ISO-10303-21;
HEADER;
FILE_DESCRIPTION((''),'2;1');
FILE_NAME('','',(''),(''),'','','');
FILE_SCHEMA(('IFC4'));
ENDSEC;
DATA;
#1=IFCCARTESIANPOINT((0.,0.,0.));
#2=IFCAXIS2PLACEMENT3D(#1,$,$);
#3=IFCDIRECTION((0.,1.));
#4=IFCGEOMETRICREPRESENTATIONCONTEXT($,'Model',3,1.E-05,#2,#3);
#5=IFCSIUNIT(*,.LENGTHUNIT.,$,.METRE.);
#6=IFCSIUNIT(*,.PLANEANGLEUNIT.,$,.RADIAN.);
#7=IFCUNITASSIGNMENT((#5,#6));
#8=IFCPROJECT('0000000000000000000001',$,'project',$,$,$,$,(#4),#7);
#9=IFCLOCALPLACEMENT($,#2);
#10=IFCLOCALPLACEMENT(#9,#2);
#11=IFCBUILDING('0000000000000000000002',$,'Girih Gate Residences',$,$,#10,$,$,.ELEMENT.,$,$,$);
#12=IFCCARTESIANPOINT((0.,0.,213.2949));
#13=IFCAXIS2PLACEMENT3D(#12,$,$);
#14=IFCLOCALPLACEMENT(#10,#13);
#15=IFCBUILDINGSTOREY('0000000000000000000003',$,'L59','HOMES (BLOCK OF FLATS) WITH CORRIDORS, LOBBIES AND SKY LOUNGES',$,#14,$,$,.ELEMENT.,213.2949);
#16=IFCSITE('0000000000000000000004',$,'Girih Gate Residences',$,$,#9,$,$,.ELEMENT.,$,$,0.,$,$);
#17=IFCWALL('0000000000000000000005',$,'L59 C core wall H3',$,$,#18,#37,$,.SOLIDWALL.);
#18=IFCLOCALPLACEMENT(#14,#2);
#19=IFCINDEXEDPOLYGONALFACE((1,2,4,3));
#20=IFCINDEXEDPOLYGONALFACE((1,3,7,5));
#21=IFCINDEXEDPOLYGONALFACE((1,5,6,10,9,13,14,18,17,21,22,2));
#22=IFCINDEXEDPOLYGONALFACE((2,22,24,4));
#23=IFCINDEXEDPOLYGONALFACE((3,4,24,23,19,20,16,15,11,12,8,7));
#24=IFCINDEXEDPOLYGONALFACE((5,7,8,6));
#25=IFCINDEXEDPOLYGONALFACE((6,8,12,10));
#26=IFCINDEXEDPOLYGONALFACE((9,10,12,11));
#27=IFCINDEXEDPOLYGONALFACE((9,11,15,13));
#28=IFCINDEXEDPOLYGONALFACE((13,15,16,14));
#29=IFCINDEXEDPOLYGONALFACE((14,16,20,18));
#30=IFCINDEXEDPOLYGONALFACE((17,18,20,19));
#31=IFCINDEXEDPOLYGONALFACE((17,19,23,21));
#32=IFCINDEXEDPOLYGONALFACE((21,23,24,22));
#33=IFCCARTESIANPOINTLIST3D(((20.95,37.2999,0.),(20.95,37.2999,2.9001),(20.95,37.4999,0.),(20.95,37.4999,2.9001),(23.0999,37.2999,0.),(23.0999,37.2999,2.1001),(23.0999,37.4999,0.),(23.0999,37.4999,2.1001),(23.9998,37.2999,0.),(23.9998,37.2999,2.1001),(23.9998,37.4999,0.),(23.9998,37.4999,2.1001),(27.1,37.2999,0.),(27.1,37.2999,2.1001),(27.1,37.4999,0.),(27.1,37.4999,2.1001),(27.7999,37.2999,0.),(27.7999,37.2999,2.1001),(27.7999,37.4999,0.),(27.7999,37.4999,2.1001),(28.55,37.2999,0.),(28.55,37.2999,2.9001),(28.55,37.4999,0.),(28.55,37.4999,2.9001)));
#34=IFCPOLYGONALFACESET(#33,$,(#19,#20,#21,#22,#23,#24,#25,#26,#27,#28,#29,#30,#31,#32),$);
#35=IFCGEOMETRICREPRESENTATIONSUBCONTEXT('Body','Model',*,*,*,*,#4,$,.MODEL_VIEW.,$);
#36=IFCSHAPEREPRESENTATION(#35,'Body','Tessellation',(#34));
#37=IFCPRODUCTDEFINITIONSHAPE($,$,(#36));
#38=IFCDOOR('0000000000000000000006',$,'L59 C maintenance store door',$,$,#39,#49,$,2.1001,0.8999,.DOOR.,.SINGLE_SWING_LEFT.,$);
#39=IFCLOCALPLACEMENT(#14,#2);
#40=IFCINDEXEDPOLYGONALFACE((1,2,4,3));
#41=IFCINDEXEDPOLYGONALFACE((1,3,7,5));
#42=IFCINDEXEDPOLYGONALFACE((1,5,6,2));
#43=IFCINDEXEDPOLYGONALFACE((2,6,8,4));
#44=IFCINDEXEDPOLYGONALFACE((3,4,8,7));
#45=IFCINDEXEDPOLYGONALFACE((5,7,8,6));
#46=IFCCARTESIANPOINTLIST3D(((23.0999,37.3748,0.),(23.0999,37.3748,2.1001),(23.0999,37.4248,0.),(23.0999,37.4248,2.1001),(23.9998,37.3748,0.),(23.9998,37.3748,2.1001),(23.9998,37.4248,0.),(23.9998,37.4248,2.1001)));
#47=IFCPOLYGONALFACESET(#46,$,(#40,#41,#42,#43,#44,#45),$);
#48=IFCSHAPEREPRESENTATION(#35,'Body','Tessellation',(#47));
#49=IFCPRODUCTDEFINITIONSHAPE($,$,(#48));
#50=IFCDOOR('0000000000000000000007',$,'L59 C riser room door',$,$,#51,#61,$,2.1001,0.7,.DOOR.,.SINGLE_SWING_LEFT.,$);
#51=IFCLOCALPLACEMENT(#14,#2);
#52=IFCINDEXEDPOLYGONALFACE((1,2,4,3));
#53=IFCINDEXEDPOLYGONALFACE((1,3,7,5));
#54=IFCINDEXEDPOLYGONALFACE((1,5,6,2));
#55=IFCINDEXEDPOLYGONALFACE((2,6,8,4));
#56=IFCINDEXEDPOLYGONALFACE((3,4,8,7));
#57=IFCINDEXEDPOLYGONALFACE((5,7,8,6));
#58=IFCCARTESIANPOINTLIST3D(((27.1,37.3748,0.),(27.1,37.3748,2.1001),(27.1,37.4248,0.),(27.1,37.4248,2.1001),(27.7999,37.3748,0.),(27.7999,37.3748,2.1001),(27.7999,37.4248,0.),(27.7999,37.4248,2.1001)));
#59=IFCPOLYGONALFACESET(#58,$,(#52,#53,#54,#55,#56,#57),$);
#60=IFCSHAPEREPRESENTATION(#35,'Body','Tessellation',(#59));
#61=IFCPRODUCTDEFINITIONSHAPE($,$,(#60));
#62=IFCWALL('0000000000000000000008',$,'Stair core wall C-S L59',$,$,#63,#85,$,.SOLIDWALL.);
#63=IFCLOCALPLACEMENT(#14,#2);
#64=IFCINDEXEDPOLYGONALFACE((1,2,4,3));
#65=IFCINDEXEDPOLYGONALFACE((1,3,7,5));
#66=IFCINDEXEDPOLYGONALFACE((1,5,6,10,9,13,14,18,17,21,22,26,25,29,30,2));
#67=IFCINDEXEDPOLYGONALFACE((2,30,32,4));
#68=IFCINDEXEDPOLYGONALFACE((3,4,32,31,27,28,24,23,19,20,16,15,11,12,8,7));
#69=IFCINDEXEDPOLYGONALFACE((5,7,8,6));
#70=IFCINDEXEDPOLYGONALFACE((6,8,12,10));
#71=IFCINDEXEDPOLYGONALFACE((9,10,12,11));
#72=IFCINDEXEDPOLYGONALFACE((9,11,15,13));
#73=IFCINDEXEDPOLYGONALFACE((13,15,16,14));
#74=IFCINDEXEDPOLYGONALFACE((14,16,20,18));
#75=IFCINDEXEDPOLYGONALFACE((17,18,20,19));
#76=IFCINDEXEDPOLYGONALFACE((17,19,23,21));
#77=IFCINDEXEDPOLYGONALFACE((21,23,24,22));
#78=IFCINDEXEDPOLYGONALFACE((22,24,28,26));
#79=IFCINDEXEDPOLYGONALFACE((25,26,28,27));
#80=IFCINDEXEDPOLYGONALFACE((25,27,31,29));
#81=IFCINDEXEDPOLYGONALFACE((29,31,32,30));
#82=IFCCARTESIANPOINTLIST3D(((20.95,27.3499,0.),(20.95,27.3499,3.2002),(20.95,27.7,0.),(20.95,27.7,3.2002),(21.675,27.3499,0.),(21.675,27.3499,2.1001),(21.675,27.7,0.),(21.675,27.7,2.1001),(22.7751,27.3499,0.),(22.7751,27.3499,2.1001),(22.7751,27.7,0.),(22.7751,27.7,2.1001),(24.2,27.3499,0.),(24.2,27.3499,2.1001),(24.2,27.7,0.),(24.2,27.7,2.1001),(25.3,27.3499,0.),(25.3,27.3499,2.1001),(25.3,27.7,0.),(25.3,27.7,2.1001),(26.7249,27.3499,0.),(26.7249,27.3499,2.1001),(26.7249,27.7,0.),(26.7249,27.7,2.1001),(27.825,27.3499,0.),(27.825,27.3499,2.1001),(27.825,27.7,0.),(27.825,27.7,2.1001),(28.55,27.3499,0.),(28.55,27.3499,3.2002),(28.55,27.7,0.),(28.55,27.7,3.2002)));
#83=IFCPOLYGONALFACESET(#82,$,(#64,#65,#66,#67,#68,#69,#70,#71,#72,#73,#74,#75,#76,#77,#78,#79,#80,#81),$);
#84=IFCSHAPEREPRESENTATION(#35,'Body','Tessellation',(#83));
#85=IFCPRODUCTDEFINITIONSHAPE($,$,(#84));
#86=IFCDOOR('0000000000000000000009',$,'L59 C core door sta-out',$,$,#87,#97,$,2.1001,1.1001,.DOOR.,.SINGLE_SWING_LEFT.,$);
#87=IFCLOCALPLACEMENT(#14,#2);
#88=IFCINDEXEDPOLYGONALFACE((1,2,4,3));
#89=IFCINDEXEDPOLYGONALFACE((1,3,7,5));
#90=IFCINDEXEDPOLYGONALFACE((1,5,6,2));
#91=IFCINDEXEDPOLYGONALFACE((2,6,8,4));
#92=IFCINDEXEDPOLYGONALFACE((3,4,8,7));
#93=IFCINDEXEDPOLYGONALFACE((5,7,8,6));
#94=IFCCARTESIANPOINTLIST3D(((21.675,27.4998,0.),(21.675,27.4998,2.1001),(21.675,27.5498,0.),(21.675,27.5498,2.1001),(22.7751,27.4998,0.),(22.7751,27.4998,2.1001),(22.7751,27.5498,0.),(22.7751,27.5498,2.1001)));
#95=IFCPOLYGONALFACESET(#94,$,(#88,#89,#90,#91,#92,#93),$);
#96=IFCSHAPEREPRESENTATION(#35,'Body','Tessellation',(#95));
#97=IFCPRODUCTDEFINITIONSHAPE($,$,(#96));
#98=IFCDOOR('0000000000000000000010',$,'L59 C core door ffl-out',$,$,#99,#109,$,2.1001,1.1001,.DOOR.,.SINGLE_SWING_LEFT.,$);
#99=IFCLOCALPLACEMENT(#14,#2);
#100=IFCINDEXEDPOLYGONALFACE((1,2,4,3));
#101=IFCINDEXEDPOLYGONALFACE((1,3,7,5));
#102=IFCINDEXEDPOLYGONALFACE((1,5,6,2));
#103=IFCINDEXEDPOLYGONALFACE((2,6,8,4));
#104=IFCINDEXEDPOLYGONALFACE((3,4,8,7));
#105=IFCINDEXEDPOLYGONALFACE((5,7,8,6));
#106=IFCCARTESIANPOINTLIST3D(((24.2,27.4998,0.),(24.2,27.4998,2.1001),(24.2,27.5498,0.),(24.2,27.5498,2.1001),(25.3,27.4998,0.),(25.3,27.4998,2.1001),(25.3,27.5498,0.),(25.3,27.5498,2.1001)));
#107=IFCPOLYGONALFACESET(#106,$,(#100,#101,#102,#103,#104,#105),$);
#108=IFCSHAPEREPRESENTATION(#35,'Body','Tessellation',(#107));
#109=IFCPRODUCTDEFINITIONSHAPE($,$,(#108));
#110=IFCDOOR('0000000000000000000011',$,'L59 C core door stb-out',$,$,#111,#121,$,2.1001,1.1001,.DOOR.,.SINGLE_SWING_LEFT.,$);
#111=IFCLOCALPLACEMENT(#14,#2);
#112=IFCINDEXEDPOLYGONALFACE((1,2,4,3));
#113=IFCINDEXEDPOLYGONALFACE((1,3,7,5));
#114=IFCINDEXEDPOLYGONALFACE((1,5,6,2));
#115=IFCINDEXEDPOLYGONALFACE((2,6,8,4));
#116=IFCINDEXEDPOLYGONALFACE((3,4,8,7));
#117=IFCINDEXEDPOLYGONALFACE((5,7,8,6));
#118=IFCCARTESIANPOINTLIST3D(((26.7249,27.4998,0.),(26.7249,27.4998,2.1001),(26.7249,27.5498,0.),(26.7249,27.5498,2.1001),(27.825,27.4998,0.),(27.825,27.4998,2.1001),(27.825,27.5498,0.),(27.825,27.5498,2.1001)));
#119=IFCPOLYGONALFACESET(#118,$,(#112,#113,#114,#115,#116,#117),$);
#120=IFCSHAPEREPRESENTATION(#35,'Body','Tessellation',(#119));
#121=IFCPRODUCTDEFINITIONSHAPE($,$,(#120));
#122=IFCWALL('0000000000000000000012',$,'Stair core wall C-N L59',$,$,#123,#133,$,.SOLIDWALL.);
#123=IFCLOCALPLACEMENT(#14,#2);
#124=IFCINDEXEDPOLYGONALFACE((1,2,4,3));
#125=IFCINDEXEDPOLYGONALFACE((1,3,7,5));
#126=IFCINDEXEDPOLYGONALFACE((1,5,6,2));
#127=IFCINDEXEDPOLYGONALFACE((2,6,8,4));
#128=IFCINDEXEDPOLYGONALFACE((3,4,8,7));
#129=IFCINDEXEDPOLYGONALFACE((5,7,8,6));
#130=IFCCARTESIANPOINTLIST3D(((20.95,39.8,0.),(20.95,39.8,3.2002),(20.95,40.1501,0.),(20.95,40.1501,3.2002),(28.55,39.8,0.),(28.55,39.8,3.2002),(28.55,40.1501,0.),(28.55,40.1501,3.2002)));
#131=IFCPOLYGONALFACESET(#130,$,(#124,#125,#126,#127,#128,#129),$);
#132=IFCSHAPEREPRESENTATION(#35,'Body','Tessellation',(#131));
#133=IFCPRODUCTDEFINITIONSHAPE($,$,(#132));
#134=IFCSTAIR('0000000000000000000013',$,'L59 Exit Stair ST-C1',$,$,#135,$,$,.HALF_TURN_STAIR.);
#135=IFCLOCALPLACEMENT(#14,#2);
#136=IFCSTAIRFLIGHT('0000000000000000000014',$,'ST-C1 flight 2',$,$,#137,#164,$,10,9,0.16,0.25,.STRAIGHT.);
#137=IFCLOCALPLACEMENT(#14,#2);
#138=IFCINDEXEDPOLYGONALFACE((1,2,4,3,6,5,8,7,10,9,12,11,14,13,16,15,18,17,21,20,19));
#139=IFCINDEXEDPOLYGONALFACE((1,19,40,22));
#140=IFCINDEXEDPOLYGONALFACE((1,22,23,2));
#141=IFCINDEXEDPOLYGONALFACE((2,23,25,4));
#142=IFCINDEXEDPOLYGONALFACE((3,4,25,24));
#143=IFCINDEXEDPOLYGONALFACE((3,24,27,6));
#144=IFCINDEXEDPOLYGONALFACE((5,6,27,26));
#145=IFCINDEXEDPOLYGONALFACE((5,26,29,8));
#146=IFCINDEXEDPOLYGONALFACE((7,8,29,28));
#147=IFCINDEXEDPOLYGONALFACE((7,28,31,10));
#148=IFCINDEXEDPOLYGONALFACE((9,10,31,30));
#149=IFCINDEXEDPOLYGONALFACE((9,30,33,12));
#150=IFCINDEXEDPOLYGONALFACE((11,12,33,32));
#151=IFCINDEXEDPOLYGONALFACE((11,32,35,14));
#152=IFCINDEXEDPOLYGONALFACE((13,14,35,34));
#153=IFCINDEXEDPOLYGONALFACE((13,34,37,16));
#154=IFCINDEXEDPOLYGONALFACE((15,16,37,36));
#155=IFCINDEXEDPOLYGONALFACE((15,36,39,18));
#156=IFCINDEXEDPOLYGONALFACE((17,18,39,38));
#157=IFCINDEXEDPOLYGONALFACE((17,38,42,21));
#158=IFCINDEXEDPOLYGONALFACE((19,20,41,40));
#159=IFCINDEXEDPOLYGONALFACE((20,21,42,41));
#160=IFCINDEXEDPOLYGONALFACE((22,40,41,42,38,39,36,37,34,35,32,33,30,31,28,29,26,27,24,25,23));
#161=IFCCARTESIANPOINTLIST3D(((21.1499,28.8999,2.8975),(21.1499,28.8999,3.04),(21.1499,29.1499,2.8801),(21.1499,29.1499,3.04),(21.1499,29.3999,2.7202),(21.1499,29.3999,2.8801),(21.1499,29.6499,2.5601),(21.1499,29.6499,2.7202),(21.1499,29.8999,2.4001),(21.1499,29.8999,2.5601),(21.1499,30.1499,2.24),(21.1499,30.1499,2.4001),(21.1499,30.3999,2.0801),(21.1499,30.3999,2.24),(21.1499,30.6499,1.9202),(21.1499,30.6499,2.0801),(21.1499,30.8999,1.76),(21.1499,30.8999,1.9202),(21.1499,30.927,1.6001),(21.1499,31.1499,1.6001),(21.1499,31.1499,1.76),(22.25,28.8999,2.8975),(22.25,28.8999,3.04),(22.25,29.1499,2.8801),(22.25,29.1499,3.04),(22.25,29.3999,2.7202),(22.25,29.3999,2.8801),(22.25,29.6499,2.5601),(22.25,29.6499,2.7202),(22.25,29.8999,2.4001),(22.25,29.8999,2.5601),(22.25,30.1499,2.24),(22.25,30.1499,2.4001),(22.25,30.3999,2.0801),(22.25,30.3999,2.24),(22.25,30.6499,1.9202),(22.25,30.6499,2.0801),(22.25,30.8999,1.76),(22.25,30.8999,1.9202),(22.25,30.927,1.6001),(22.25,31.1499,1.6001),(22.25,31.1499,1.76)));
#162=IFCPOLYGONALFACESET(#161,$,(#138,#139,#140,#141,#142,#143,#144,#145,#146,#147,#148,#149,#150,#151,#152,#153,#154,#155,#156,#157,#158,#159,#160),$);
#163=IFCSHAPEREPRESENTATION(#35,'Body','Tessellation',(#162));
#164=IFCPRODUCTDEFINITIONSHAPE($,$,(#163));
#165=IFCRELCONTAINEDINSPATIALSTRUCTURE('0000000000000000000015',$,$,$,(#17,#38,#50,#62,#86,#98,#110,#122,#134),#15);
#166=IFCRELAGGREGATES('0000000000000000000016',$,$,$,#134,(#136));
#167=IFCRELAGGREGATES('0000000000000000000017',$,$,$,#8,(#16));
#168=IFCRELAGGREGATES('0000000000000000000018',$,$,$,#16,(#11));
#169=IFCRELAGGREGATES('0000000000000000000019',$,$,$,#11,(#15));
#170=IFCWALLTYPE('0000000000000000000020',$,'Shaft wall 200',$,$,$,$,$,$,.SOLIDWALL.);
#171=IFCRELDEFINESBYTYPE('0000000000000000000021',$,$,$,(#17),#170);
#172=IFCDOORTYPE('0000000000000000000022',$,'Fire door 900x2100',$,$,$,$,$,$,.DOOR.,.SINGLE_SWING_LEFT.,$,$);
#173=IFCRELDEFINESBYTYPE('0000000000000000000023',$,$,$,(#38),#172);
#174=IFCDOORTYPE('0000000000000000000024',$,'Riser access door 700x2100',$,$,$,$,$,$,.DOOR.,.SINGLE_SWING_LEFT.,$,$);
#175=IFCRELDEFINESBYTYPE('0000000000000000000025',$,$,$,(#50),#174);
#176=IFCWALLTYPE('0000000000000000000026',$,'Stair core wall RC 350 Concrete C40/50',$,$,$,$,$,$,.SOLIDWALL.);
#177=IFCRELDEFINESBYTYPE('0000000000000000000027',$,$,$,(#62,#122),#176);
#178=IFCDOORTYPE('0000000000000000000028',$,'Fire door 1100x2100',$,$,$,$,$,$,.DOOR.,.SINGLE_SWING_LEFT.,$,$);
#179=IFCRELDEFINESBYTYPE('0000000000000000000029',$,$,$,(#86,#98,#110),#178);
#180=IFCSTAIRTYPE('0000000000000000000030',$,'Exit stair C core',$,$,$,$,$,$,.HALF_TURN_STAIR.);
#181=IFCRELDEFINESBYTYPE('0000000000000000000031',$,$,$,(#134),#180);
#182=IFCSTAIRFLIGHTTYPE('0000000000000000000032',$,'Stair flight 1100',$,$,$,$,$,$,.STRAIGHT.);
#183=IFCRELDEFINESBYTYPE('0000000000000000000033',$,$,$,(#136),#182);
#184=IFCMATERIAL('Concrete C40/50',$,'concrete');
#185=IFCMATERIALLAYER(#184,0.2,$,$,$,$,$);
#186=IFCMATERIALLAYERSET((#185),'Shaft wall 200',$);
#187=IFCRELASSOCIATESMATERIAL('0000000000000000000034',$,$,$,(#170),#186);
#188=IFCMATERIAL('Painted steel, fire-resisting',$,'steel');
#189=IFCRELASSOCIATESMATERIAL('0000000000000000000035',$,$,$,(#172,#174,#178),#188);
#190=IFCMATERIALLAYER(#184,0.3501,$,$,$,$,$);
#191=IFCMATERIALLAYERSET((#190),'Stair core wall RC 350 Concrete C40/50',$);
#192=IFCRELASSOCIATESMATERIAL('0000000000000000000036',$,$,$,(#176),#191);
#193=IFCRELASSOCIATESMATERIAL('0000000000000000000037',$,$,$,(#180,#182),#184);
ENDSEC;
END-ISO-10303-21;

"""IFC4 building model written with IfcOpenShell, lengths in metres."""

from ifc_helpers import new_model, si_unit, direction, frame, frame_2d, origin, place, context, subcontext, project, spatial, polyline, rectangle, outline, extrude, material, layer, layer_set, type_object, element, fill, aggregate, save


model = new_model("IFC4")

# Units and contexts
model_context = context("Model", 3, precision=1e-05, world=origin(), true_north=direction((0.0, 1.0)))
body_context = subcontext(model_context, "Body", "Model", "MODEL_VIEW")
ifc_project = project(units=[si_unit("LENGTHUNIT", "METRE"), si_unit("PLANEANGLEUNIT", "RADIAN")], contexts=[model_context])

# Site, building, storey
site_placement = place(None, origin())
site = spatial("IfcSite", under=ifc_project, at=site_placement, Name="Girih Gate Residences", CompositionType="ELEMENT", RefElevation=0.0)
building_placement = place(site_placement, origin())
building = spatial("IfcBuilding", under=site, at=building_placement, Name="Girih Gate Residences", CompositionType="ELEMENT")
storey_placement = place(building_placement, frame((0.0, 0.0, 213.2949)))
storey = spatial("IfcBuildingStorey", under=building, at=storey_placement, Name="L59", Description="HOMES (BLOCK OF FLATS) WITH CORRIDORS, LOBBIES AND SKY LOUNGES", CompositionType="ELEMENT", Elevation=213.2949)

# Shared definitions
ifc_material_1 = material(Name="Concrete C40/50", Category="concrete")
ifc_layer_1 = layer(ifc_material_1, 0.2)
ifc_layer_set_1 = layer_set([ifc_layer_1], Name="Shaft wall 200")
wall_type_1 = type_object("IfcWallType", Name="Shaft wall 200", PredefinedType="SOLIDWALL", material=ifc_layer_set_1)

# Shared definitions
ifc_material_2 = material(Name="Painted steel, fire-resisting", Category="steel")
door_type_1 = type_object("IfcDoorType", Name="Fire door 900x2100", OperationType="SINGLE_SWING_LEFT", PredefinedType="DOOR", material=ifc_material_2)

# Walls, openings, doors
wall_1_placement = place(storey_placement, frame((20.95, 37.3999, 0.0), z_axis=(0.0, 0.0, 1.0), x_axis=(1.0, 0.0, 0.0)))
wall_1 = element("IfcWall", 1, at=wall_1_placement, inside=storey, type_object=wall_type_1, Name="L59 C core wall H3", PredefinedType="SOLIDWALL", context=body_context, shape_type="SweptSolid", body=[
    extrude(rectangle(XDim=7.6001, YDim=0.2, at=frame_2d((3.8, 0.0))), origin(), (0.0, 0.0, 1.0), 2.9001),
])
opening_1_placement = place(wall_1_placement, frame((6.1499, 0.0, 0.0)))
opening_1 = element("IfcOpeningElement", 2, at=opening_1_placement, cuts=wall_1, PredefinedType="OPENING", context=body_context, shape_type="SweptSolid", body=[
    extrude(rectangle(XDim=0.7, YDim=2.1001, at=frame_2d((0.3501, 1.05))), frame((0.0, 0.1099, 0.0), z_axis=(0.0, -1.0, 0.0), x_axis=(1.0, 0.0, 0.0)), (0.0, 0.0, 1.0), 0.22),
])
opening_2_placement = place(wall_1_placement, frame((2.1499, 0.0, 0.0)))
opening_2 = element("IfcOpeningElement", 3, at=opening_2_placement, cuts=wall_1, PredefinedType="OPENING", context=body_context, shape_type="SweptSolid", body=[
    extrude(rectangle(XDim=0.8999, YDim=2.1001, at=frame_2d((0.45, 1.05))), frame((0.0, 0.1099, 0.0), z_axis=(0.0, -1.0, 0.0), x_axis=(1.0, 0.0, 0.0)), (0.0, 0.0, 1.0), 0.22),
])
door_1_placement = place(opening_2_placement, origin())
door_1 = element("IfcDoor", 4, at=door_1_placement, inside=storey, type_object=door_type_1, Name="L59 C maintenance store door", OperationType="SINGLE_SWING_LEFT", OverallHeight=2.1001, OverallWidth=0.8999, PredefinedType="DOOR", context=body_context, shape_type="SweptSolid", body=[
    extrude(rectangle(XDim=0.8999, YDim=2.1001, at=frame_2d((0.45, 1.05))), frame((0.0, 0.0249, 0.0), z_axis=(0.0, -1.0, 0.0), x_axis=(1.0, 0.0, 0.0)), (0.0, 0.0, 1.0), 0.05),
])
fill(opening_2, door_1)
door_type_2 = type_object("IfcDoorType", Name="Riser access door 700x2100", OperationType="SINGLE_SWING_LEFT", PredefinedType="DOOR", material=ifc_material_2)
door_2_placement = place(opening_1_placement, origin())
door_2 = element("IfcDoor", 5, at=door_2_placement, inside=storey, type_object=door_type_2, Name="L59 C riser room door", OperationType="SINGLE_SWING_LEFT", OverallHeight=2.1001, OverallWidth=0.7, PredefinedType="DOOR", context=body_context, shape_type="SweptSolid", body=[
    extrude(rectangle(XDim=0.7, YDim=2.1001, at=frame_2d((0.3501, 1.05))), frame((0.0, 0.0249, 0.0), z_axis=(0.0, -1.0, 0.0), x_axis=(1.0, 0.0, 0.0)), (0.0, 0.0, 1.0), 0.05),
])
fill(opening_1, door_2)
ifc_layer_2 = layer(ifc_material_1, 0.3501)
ifc_layer_set_2 = layer_set([ifc_layer_2], Name="Stair core wall RC 350 Concrete C40/50")
wall_type_2 = type_object("IfcWallType", Name="Stair core wall RC 350 Concrete C40/50", PredefinedType="SOLIDWALL", material=ifc_layer_set_2)
wall_2_placement = place(storey_placement, frame((20.95, 27.5249, 0.0), z_axis=(0.0, 0.0, 1.0), x_axis=(1.0, 0.0, 0.0)))
wall_2 = element("IfcWall", 6, at=wall_2_placement, inside=storey, type_object=wall_type_2, Name="Stair core wall C-S L59", PredefinedType="SOLIDWALL", context=body_context, shape_type="SweptSolid", body=[
    extrude(rectangle(XDim=7.6001, YDim=0.3501, at=frame_2d((3.8, 0.0))), origin(), (0.0, 0.0, 1.0), 3.2002),
])
opening_3_placement = place(wall_2_placement, frame((0.7251, 0.0, 0.0)))
opening_3 = element("IfcOpeningElement", 7, at=opening_3_placement, cuts=wall_2, PredefinedType="OPENING", context=body_context, shape_type="SweptSolid", body=[
    extrude(rectangle(XDim=1.1001, YDim=2.1001, at=frame_2d((0.55, 1.05))), frame((0.0, 0.1851, 0.0), z_axis=(0.0, -1.0, 0.0), x_axis=(1.0, 0.0, 0.0)), (0.0, 0.0, 1.0), 0.3701),
])
opening_4_placement = place(wall_2_placement, frame((3.25, 0.0, 0.0)))
opening_4 = element("IfcOpeningElement", 8, at=opening_4_placement, cuts=wall_2, PredefinedType="OPENING", context=body_context, shape_type="SweptSolid", body=[
    extrude(rectangle(XDim=1.1001, YDim=2.1001, at=frame_2d((0.55, 1.05))), frame((0.0, 0.1851, 0.0), z_axis=(0.0, -1.0, 0.0), x_axis=(1.0, 0.0, 0.0)), (0.0, 0.0, 1.0), 0.3701),
])
opening_5_placement = place(wall_2_placement, frame((5.7749, 0.0, 0.0)))
opening_5 = element("IfcOpeningElement", 9, at=opening_5_placement, cuts=wall_2, PredefinedType="OPENING", context=body_context, shape_type="SweptSolid", body=[
    extrude(rectangle(XDim=1.1001, YDim=2.1001, at=frame_2d((0.55, 1.05))), frame((0.0, 0.1851, 0.0), z_axis=(0.0, -1.0, 0.0), x_axis=(1.0, 0.0, 0.0)), (0.0, 0.0, 1.0), 0.3701),
])
door_type_3 = type_object("IfcDoorType", Name="Fire door 1100x2100", OperationType="SINGLE_SWING_LEFT", PredefinedType="DOOR", material=ifc_material_2)
door_3_placement = place(opening_3_placement, origin())
door_3 = element("IfcDoor", 10, at=door_3_placement, inside=storey, type_object=door_type_3, Name="L59 C core door sta-out", OperationType="SINGLE_SWING_LEFT", OverallHeight=2.1001, OverallWidth=1.1001, PredefinedType="DOOR", context=body_context, shape_type="SweptSolid", body=[
    extrude(rectangle(XDim=1.1001, YDim=2.1001, at=frame_2d((0.55, 1.05))), frame((0.0, 0.0249, 0.0), z_axis=(0.0, -1.0, 0.0), x_axis=(1.0, 0.0, 0.0)), (0.0, 0.0, 1.0), 0.05),
])
fill(opening_3, door_3)
door_4_placement = place(opening_4_placement, origin())
door_4 = element("IfcDoor", 11, at=door_4_placement, inside=storey, type_object=door_type_3, Name="L59 C core door ffl-out", OperationType="SINGLE_SWING_LEFT", OverallHeight=2.1001, OverallWidth=1.1001, PredefinedType="DOOR", context=body_context, shape_type="SweptSolid", body=[
    extrude(rectangle(XDim=1.1001, YDim=2.1001, at=frame_2d((0.55, 1.05))), frame((0.0, 0.0249, 0.0), z_axis=(0.0, -1.0, 0.0), x_axis=(1.0, 0.0, 0.0)), (0.0, 0.0, 1.0), 0.05),
])
fill(opening_4, door_4)
door_5_placement = place(opening_5_placement, origin())
door_5 = element("IfcDoor", 12, at=door_5_placement, inside=storey, type_object=door_type_3, Name="L59 C core door stb-out", OperationType="SINGLE_SWING_LEFT", OverallHeight=2.1001, OverallWidth=1.1001, PredefinedType="DOOR", context=body_context, shape_type="SweptSolid", body=[
    extrude(rectangle(XDim=1.1001, YDim=2.1001, at=frame_2d((0.55, 1.05))), frame((0.0, 0.0249, 0.0), z_axis=(0.0, -1.0, 0.0), x_axis=(1.0, 0.0, 0.0)), (0.0, 0.0, 1.0), 0.05),
])
fill(opening_5, door_5)

# Wall
wall_3_placement = place(storey_placement, frame((20.95, 39.9751, 0.0), z_axis=(0.0, 0.0, 1.0), x_axis=(1.0, 0.0, 0.0)))
element("IfcWall", 13, at=wall_3_placement, inside=storey, type_object=wall_type_2, Name="Stair core wall C-N L59", PredefinedType="SOLIDWALL", context=body_context, shape_type="SweptSolid", body=[
    extrude(rectangle(XDim=7.6001, YDim=0.3501, at=frame_2d((3.8, 0.0))), origin(), (0.0, 0.0, 1.0), 3.2002),
])

# Stair, stair flight
stair_type = type_object("IfcStairType", Name="Exit stair C core", PredefinedType="HALF_TURN_STAIR", material=ifc_material_1)
stair_placement = place(storey_placement, origin())
stair = element("IfcStair", 14, at=stair_placement, inside=storey, type_object=stair_type, Name="L59 Exit Stair ST-C1", PredefinedType="HALF_TURN_STAIR")
stair_flight_type = type_object("IfcStairFlightType", Name="Stair flight 1100", PredefinedType="STRAIGHT", material=ifc_material_1)
stair_flight_placement = place(storey_placement, frame((21.7, 31.1499, 1.6001), z_axis=(0.0, 0.0, 1.0), x_axis=(0.0, -1.0, 0.0)))
stair_flight = element("IfcStairFlight", 15, at=stair_flight_placement, type_object=stair_flight_type, Name="ST-C1 flight 2", NumberOfRisers=10, NumberOfTreads=9, PredefinedType="STRAIGHT", RiserHeight=0.16, TreadLength=0.25, context=body_context, shape_type="SweptSolid", body=[
    extrude(outline(polyline([(0.0, 0.0), (0.0, 0.1599), (0.25, 0.1599), (0.25, 0.3201), (0.5, 0.3201), (0.5, 0.48), (0.75, 0.48), (0.75, 0.6399), (1.0, 0.6399), (1.0, 0.8), (1.25, 0.8), (1.25, 0.96), (1.5, 0.96), (1.5, 1.1201), (1.75, 1.1201), (1.75, 1.28), (2.0, 1.28), (2.0, 1.4399), (2.25, 1.4399), (2.25, 1.6001), (2.25, 1.2974), (0.2229, 0.0), (0.0, 0.0)])), frame((0.0, 0.55, 0.0), z_axis=(0.0, -1.0, 0.0), x_axis=(1.0, 0.0, 0.0)), (0.0, 0.0, 1.0), 1.1001),
])
aggregate(stair, [stair_flight])

save(model, "model.ifc")
